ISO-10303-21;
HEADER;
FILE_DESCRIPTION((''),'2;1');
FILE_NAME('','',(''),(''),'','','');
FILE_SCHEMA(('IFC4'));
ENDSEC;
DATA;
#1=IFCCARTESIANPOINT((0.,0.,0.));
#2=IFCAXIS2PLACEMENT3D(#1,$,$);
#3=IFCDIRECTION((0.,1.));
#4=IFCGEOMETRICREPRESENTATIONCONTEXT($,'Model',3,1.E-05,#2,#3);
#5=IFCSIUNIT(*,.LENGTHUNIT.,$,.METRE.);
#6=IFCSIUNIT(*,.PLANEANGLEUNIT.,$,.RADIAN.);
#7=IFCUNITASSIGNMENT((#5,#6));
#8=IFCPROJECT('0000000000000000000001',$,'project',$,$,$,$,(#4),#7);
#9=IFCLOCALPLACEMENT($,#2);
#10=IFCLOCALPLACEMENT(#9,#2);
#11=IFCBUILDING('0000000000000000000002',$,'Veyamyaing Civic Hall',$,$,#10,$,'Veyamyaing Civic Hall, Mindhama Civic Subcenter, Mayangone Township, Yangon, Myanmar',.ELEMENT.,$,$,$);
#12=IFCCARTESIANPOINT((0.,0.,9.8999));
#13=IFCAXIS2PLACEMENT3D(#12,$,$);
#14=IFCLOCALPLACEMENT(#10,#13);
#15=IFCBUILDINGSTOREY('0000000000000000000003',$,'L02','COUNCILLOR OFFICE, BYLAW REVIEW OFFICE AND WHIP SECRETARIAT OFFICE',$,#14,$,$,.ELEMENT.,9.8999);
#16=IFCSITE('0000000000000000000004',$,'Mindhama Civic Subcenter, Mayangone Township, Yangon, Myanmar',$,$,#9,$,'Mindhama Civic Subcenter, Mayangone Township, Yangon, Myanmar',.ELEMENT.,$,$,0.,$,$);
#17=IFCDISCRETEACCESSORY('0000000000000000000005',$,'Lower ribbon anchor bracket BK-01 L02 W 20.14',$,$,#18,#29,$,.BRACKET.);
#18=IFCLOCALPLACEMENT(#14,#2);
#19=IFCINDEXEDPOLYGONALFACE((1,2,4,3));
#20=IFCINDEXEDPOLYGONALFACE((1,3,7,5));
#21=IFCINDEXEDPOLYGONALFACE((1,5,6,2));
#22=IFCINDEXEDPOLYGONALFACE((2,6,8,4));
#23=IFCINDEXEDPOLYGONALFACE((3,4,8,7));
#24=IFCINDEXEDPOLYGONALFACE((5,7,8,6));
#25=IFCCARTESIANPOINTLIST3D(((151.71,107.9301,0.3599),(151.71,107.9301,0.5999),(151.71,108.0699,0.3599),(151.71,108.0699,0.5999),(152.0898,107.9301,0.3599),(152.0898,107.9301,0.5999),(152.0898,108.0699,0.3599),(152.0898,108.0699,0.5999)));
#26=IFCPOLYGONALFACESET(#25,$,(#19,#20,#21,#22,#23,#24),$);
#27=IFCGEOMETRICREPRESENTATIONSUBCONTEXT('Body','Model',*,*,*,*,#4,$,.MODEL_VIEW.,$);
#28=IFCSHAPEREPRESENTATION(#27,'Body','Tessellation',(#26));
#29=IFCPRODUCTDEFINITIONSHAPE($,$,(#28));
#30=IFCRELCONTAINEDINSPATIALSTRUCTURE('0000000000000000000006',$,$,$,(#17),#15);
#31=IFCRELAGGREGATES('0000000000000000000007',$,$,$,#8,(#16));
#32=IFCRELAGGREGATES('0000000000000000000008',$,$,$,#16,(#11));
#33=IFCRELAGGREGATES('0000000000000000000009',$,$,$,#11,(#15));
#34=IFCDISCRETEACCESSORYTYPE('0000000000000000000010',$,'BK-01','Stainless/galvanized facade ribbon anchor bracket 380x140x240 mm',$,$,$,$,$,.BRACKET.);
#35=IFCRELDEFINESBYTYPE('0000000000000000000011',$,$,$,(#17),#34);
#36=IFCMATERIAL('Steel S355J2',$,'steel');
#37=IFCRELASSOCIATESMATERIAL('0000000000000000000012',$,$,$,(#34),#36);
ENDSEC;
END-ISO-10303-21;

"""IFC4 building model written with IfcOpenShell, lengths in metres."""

from ifc_helpers import new_model, si_unit, direction, frame, origin, origin_2d, place, context, subcontext, project, spatial, rectangle, extrude, material, type_object, element, save


model = new_model("IFC4")

# Units and contexts
model_context = context("Model", 3, precision=1e-05, world=origin(), true_north=direction((0.0, 1.0)))
body_context = subcontext(model_context, "Body", "Model", "MODEL_VIEW")
ifc_project = project(units=[si_unit("LENGTHUNIT", "METRE"), si_unit("PLANEANGLEUNIT", "RADIAN")], contexts=[model_context])

# Site, building, storey
site_placement = place(None, origin())
site = spatial("IfcSite", under=ifc_project, at=site_placement, Name="Mindhama Civic Subcenter, Mayangone Township, Yangon, Myanmar", LongName="Mindhama Civic Subcenter, Mayangone Township, Yangon, Myanmar", CompositionType="ELEMENT", RefElevation=0.0)
building_placement = place(site_placement, origin())
building = spatial("IfcBuilding", under=site, at=building_placement, Name="Veyamyaing Civic Hall", LongName="Veyamyaing Civic Hall, Mindhama Civic Subcenter, Mayangone Township, Yangon, Myanmar", CompositionType="ELEMENT")
storey_placement = place(building_placement, frame((0.0, 0.0, 9.8999)))
storey = spatial("IfcBuildingStorey", under=building, at=storey_placement, Name="L02", Description="COUNCILLOR OFFICE, BYLAW REVIEW OFFICE AND WHIP SECRETARIAT OFFICE", CompositionType="ELEMENT", Elevation=9.8999)

# Discrete accessory
ifc_material_1 = material(Name="Steel S355J2", Category="steel")
discrete_accessory_type = type_object("IfcDiscreteAccessoryType", Name="BK-01", Description="Stainless/galvanized facade ribbon anchor bracket 380x140x240 mm", PredefinedType="BRACKET", material=ifc_material_1)
for number, where, z_axis, x_axis, name in (
    (1, (151.8999, 108.0, 0.3599), (0.0, 0.0, 1.0), (-1.0, 0.0, 0.0), "Lower ribbon anchor bracket BK-01 L02 W 20.14"),
):
    element("IfcDiscreteAccessory", number, at=place(storey_placement, frame(where, z_axis=z_axis, x_axis=x_axis)), inside=storey, type_object=discrete_accessory_type, Name=name, PredefinedType="BRACKET", context=body_context, shape_type="SweptSolid", body=[
        extrude(rectangle(XDim=0.3799, YDim=0.1399, at=origin_2d()), origin(), (0.0, 0.0, 1.0), 0.24),
    ])

save(model, "model.ifc")
